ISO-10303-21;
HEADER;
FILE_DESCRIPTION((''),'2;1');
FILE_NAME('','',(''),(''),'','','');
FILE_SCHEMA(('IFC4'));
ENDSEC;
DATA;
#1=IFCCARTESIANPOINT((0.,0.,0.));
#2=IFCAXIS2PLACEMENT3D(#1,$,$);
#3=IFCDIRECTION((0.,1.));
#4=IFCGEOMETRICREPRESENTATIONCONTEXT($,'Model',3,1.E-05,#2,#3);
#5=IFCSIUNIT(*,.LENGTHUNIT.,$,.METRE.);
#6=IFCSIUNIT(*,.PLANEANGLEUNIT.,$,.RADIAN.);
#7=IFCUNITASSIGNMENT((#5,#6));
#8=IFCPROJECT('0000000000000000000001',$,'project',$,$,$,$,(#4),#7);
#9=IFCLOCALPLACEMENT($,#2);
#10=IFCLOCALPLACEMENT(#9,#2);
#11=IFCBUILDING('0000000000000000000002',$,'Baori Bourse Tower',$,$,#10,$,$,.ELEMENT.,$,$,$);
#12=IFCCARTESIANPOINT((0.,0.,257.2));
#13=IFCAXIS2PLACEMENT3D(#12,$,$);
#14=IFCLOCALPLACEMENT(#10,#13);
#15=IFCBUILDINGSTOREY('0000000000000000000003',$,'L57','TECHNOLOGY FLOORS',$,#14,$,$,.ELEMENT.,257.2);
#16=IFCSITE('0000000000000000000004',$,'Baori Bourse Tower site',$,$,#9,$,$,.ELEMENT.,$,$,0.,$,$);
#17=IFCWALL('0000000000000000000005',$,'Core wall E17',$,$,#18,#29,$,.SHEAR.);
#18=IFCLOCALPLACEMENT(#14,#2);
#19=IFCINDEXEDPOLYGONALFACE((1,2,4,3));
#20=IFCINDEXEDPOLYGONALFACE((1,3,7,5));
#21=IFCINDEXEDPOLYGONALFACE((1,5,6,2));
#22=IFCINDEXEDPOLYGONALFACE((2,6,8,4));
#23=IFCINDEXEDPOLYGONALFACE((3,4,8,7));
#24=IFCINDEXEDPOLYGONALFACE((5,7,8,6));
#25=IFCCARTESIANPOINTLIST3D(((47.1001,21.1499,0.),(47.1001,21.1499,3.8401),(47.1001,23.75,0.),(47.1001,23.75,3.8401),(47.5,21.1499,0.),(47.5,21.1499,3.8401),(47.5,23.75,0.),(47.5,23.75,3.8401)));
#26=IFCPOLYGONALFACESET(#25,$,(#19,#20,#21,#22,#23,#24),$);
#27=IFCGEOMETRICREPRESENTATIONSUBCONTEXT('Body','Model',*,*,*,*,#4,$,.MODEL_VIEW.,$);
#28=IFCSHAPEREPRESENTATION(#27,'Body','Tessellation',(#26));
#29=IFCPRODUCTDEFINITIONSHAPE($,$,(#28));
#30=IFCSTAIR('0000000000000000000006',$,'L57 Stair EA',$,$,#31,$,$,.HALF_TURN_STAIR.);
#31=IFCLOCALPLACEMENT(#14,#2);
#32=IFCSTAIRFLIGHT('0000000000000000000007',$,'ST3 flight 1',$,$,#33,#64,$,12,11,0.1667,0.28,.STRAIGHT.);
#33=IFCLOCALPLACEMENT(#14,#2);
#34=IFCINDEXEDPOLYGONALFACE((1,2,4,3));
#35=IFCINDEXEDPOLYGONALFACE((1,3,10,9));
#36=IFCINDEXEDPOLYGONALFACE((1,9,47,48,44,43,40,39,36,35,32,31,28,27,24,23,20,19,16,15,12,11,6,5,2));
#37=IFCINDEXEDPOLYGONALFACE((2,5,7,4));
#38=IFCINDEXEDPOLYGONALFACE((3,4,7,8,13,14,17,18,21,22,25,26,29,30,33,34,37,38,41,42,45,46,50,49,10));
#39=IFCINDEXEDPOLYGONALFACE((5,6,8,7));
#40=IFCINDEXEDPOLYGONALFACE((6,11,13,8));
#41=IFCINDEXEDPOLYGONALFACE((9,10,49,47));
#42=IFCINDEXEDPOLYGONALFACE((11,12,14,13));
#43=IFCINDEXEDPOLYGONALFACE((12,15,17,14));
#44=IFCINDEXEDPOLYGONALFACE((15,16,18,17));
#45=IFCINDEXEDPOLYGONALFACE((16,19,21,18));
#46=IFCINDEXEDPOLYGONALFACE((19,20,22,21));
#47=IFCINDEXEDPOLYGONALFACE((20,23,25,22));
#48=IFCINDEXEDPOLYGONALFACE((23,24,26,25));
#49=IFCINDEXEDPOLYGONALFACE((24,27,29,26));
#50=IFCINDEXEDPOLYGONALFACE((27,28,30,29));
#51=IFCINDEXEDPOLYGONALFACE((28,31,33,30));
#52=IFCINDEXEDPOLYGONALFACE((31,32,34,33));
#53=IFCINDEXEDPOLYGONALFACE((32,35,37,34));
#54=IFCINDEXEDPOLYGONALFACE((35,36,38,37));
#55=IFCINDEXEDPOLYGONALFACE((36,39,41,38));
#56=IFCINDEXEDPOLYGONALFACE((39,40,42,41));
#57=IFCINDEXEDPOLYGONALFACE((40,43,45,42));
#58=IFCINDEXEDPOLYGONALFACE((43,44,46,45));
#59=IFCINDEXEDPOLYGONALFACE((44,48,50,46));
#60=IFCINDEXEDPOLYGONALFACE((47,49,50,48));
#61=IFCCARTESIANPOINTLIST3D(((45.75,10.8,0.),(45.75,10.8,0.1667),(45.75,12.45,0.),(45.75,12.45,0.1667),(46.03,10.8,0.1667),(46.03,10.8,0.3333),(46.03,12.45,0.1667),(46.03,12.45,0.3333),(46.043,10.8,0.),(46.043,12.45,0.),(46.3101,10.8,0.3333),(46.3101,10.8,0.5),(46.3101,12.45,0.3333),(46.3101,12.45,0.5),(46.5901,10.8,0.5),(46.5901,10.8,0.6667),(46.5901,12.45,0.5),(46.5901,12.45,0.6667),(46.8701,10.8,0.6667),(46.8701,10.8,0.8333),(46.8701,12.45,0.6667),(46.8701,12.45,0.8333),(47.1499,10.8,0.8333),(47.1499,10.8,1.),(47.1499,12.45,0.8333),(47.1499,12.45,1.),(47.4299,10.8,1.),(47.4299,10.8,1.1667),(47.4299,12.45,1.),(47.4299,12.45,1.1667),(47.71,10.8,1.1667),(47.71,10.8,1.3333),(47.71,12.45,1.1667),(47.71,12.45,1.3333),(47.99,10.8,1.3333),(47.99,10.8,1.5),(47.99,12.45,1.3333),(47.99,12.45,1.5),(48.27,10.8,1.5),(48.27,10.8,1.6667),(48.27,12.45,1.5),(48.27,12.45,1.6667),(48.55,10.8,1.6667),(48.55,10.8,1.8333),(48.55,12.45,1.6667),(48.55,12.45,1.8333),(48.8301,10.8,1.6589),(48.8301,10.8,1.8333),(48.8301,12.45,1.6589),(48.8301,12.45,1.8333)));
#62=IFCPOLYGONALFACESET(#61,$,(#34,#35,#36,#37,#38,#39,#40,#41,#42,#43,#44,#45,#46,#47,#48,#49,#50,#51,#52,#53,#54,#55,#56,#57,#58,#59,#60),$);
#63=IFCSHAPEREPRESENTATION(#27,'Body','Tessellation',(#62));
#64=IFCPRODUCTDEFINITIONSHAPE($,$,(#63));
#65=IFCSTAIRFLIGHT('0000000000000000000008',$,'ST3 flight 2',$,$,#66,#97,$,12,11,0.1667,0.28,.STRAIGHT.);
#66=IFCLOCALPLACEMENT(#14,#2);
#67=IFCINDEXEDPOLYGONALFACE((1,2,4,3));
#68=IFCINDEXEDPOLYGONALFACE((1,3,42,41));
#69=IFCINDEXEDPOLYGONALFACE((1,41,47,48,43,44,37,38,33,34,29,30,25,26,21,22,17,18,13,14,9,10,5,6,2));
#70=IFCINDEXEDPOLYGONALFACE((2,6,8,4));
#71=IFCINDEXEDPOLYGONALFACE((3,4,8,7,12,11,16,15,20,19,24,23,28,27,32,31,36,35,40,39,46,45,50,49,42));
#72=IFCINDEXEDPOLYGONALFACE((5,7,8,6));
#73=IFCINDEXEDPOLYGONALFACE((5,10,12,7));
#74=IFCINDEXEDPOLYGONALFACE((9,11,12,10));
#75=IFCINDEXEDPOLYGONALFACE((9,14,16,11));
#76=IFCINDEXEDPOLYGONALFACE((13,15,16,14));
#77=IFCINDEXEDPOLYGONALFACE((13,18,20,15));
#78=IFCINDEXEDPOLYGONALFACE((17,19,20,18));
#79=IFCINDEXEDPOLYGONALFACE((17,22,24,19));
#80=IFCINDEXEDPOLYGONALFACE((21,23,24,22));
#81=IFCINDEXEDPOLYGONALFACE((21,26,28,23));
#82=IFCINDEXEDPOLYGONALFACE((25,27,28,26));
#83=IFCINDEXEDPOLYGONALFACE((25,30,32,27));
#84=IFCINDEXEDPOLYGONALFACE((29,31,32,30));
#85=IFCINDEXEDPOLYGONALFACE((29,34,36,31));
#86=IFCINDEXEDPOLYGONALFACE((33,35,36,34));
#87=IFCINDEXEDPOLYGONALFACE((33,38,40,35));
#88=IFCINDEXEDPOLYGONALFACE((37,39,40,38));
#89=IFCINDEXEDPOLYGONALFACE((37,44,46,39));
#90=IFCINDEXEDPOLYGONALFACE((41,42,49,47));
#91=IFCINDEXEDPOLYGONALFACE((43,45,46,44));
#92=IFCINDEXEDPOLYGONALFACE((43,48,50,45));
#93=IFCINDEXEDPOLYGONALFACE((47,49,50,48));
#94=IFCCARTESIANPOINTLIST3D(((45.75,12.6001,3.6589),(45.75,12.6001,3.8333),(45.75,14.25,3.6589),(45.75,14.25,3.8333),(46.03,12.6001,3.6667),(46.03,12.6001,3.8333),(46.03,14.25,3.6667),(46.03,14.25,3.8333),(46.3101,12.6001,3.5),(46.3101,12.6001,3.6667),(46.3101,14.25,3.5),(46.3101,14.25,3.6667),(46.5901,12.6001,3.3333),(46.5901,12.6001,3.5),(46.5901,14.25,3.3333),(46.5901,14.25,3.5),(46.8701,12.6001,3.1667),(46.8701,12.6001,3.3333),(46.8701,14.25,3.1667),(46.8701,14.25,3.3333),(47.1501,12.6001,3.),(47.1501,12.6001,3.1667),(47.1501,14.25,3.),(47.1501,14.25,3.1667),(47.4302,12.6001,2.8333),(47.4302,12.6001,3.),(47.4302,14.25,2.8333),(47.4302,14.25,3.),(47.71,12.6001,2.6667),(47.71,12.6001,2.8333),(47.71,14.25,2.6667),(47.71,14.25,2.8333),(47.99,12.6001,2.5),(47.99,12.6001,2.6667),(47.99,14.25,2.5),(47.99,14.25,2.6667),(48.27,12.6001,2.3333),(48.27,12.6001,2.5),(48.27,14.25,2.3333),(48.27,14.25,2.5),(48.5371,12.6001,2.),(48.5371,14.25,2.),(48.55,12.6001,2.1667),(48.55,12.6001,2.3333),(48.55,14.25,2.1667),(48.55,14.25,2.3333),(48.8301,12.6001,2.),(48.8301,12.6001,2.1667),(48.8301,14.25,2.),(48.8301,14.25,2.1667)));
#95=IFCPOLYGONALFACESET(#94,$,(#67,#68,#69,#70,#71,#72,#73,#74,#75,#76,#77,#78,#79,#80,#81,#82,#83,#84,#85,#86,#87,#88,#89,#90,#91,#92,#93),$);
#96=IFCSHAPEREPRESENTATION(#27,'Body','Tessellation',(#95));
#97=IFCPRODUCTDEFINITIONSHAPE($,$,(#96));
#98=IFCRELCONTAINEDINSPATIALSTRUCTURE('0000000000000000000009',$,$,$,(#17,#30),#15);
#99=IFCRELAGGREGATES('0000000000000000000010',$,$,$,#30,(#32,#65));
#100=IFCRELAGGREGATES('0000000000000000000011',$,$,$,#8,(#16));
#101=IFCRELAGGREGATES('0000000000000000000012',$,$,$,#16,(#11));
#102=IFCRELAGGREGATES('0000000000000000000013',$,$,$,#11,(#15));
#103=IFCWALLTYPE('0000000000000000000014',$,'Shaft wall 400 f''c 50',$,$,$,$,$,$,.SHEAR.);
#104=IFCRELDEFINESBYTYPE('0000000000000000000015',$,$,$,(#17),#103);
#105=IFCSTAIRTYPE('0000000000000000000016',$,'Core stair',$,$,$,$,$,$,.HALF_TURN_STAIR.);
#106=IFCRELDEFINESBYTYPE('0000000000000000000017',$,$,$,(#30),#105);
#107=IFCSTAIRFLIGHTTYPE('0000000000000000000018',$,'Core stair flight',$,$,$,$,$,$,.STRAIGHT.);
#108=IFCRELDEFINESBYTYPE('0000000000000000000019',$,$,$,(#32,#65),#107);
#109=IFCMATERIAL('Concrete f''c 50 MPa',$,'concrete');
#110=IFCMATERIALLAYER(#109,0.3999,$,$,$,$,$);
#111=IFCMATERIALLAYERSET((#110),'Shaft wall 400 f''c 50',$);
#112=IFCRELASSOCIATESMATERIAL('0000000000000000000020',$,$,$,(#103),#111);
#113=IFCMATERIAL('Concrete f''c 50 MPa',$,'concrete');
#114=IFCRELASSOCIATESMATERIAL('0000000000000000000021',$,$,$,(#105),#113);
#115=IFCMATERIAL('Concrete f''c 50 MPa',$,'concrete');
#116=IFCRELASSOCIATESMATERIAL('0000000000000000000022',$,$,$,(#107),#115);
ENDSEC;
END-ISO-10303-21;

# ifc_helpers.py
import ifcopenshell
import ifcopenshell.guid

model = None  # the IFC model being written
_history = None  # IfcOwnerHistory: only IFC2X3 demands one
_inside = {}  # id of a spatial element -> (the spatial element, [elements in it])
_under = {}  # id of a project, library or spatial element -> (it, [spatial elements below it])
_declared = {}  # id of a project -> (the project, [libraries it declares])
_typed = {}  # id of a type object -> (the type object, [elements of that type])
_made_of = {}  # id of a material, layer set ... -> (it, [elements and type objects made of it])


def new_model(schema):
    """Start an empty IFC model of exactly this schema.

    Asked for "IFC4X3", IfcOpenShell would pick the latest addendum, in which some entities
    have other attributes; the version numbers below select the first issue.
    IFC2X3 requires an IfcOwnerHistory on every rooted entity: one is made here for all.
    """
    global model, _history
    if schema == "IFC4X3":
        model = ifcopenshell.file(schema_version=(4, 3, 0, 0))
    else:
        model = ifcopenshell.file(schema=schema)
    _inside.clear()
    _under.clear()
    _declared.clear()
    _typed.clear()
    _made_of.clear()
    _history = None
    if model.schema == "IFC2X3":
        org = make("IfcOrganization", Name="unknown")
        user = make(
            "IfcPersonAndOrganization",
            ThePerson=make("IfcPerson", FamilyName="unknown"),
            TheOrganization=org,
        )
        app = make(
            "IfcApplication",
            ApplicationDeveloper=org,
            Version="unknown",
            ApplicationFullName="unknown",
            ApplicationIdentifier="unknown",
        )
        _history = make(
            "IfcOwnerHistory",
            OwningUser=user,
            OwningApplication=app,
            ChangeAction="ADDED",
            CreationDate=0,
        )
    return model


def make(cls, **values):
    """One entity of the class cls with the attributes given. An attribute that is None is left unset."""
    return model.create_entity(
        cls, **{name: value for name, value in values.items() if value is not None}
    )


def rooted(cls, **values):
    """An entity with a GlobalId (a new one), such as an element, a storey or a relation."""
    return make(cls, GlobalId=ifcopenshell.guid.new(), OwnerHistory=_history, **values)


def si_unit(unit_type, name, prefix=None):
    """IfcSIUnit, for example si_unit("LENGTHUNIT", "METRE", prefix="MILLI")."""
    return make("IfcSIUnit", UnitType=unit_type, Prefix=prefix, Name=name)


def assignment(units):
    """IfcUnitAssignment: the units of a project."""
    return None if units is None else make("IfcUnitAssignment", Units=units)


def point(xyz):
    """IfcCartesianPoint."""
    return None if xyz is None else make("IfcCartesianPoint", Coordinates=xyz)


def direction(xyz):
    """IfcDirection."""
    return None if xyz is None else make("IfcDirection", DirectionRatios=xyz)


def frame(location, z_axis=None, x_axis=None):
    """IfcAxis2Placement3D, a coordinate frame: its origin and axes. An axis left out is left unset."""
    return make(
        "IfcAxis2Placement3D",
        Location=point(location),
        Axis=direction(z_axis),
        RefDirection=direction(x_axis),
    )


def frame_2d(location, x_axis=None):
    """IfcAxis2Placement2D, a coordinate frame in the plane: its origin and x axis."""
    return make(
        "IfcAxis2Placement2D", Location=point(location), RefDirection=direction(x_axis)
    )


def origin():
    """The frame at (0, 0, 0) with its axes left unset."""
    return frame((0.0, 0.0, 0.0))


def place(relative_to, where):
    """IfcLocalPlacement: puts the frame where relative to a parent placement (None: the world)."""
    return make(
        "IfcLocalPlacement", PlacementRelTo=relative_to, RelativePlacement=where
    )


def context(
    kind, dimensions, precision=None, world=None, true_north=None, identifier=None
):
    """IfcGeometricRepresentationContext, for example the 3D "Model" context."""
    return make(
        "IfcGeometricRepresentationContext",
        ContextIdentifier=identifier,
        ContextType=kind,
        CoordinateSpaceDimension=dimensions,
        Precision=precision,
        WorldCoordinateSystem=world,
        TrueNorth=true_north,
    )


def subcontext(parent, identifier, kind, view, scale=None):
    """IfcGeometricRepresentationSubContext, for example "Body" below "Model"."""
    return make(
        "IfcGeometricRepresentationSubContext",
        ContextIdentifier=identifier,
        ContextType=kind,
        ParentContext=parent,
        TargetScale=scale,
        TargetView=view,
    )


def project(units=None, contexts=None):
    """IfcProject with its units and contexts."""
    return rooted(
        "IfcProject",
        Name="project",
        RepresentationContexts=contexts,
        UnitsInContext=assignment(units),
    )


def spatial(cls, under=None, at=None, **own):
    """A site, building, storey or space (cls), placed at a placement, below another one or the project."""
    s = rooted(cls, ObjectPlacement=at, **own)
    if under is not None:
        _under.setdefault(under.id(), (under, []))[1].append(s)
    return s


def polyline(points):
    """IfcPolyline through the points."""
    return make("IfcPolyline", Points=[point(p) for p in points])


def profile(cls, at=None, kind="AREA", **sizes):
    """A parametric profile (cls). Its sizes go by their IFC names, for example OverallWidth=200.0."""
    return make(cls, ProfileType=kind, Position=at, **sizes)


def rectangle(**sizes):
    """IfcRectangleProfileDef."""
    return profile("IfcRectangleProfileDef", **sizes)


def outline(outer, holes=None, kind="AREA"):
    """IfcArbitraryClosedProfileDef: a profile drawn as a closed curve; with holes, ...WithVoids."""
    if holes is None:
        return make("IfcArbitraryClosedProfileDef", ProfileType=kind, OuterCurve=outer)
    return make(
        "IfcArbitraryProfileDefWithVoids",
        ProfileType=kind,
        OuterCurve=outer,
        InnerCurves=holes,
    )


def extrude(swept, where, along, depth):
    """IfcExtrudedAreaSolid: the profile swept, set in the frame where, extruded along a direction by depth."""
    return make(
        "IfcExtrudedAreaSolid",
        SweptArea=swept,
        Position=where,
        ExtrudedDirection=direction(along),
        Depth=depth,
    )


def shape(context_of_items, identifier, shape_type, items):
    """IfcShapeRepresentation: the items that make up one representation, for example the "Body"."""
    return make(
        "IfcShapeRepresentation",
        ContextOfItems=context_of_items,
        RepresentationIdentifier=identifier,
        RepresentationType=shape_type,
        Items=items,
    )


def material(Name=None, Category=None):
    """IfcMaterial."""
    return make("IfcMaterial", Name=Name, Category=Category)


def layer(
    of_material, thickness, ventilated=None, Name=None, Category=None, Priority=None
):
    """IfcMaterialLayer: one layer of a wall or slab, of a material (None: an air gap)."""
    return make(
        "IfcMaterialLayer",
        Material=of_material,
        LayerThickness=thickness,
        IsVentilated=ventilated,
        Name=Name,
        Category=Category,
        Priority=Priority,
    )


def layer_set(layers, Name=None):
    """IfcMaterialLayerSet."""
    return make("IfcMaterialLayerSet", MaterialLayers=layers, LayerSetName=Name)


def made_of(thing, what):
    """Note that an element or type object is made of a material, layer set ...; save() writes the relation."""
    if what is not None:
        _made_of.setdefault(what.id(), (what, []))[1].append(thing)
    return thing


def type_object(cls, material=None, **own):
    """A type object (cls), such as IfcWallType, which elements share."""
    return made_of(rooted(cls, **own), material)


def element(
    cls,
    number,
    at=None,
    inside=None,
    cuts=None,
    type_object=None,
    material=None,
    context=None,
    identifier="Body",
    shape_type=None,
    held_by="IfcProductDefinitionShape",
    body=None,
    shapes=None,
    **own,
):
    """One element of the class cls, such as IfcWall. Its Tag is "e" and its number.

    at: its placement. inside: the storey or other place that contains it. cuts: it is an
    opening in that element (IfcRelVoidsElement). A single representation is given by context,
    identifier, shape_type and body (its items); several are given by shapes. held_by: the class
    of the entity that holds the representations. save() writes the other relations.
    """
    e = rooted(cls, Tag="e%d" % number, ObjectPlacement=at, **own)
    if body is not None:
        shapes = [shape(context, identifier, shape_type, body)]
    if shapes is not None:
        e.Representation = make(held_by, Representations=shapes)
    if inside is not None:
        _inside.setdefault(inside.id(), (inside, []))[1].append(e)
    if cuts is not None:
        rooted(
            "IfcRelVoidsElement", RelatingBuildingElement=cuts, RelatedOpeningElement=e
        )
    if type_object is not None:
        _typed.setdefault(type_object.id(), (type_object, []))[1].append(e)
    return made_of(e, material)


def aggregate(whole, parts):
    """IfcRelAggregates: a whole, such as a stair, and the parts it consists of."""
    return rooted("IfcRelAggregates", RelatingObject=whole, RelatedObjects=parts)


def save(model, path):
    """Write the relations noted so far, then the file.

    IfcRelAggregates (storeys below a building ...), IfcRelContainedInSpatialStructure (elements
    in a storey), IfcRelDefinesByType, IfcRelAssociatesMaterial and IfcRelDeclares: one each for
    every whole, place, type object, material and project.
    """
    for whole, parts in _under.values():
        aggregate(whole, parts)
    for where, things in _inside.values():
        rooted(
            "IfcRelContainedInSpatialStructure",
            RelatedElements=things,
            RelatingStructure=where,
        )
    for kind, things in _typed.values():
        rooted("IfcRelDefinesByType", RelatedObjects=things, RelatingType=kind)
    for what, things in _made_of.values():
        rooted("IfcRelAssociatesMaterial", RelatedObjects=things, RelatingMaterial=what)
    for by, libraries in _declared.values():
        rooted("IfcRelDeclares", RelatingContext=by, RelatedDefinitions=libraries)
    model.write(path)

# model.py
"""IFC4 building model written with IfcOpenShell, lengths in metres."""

from ifc_helpers import new_model, si_unit, direction, frame, frame_2d, origin, place, context, subcontext, project, spatial, polyline, rectangle, outline, extrude, material, layer, layer_set, type_object, element, aggregate, save


model = new_model("IFC4")

# Units and contexts
model_context = context("Model", 3, precision=1e-05, world=origin(), true_north=direction((0.0, 1.0)))
body_context = subcontext(model_context, "Body", "Model", "MODEL_VIEW")
ifc_project = project(units=[si_unit("LENGTHUNIT", "METRE"), si_unit("PLANEANGLEUNIT", "RADIAN")], contexts=[model_context])

# Site, building, storey
site_placement = place(None, origin())
site = spatial("IfcSite", under=ifc_project, at=site_placement, Name="Baori Bourse Tower site", CompositionType="ELEMENT", RefElevation=0.0)
building_placement = place(site_placement, origin())
building = spatial("IfcBuilding", under=site, at=building_placement, Name="Baori Bourse Tower", CompositionType="ELEMENT")
storey_placement = place(building_placement, frame((0.0, 0.0, 257.2)))
storey = spatial("IfcBuildingStorey", under=building, at=storey_placement, Name="L57", Description="TECHNOLOGY FLOORS", CompositionType="ELEMENT", Elevation=257.2)

# Shared definitions
ifc_material_1 = material(Name="Concrete f'c 50 MPa", Category="concrete")
ifc_layer_1 = layer(ifc_material_1, 0.3999)
ifc_layer_set_1 = layer_set([ifc_layer_1], Name="Shaft wall 400 f'c 50")
wall_type_1 = type_object("IfcWallType", Name="Shaft wall 400 f'c 50", PredefinedType="SHEAR", material=ifc_layer_set_1)

# Wall
wall_1_placement = place(storey_placement, frame((47.3, 21.1499, 0.0), z_axis=(0.0, 0.0, 1.0), x_axis=(0.0, 1.0, 0.0)))
element("IfcWall", 1, at=wall_1_placement, inside=storey, type_object=wall_type_1, Name="Core wall E17", PredefinedType="SHEAR", context=body_context, shape_type="SweptSolid", body=[
    extrude(rectangle(XDim=2.6001, YDim=0.3999, at=frame_2d((1.3, 0.0))), origin(), (0.0, 0.0, 1.0), 3.8401),
])

# Stair, stair flights
ifc_material_2 = material(Name="Concrete f'c 50 MPa", Category="concrete")
stair_type = type_object("IfcStairType", Name="Core stair", PredefinedType="HALF_TURN_STAIR", material=ifc_material_2)
stair_placement = place(storey_placement, origin())
stair = element("IfcStair", 2, at=stair_placement, inside=storey, type_object=stair_type, Name="L57 Stair EA", PredefinedType="HALF_TURN_STAIR")
ifc_material_3 = material(Name="Concrete f'c 50 MPa", Category="concrete")
stair_flight_type = type_object("IfcStairFlightType", Name="Core stair flight", PredefinedType="STRAIGHT", material=ifc_material_3)
stair_flight_1_placement = place(storey_placement, frame((45.75, 11.625, 0.0), z_axis=(0.0, 0.0, 1.0), x_axis=(1.0, 0.0, 0.0)))
stair_flight_1 = element("IfcStairFlight", 3, at=stair_flight_1_placement, type_object=stair_flight_type, Name="ST3 flight 1", NumberOfRisers=12, NumberOfTreads=11, PredefinedType="STRAIGHT", RiserHeight=0.1667, TreadLength=0.28, context=body_context, shape_type="SweptSolid", body=[
    extrude(outline(polyline([(0.0, 0.0), (0.0, 0.1667), (0.28, 0.1667), (0.28, 0.3333), (0.5601, 0.3333), (0.5601, 0.5), (0.8401, 0.5), (0.8401, 0.6667), (1.1201, 0.6667), (1.1201, 0.8333), (1.3999, 0.8333), (1.3999, 1.0), (1.6799, 1.0), (1.6799, 1.1667), (1.96, 1.1667), (1.96, 1.3333), (2.24, 1.3333), (2.24, 1.5), (2.52, 1.5), (2.52, 1.6667), (2.8, 1.6667), (2.8, 1.8333), (3.0801, 1.8333), (3.0801, 2.0), (3.0801, 1.6589), (0.293, 0.0), (0.0, 0.0)])), frame((0.0, 0.825, 0.0), z_axis=(0.0, -1.0, 0.0), x_axis=(1.0, 0.0, 0.0)), (0.0, 0.0, 1.0), 1.6499),
])
stair_flight_2_placement = place(storey_placement, frame((48.8301, 13.425, 2.0), z_axis=(0.0, 0.0, 1.0), x_axis=(-1.0, 0.0, 0.0)))
stair_flight_2 = element("IfcStairFlight", 4, at=stair_flight_2_placement, type_object=stair_flight_type, Name="ST3 flight 2", NumberOfRisers=12, NumberOfTreads=11, PredefinedType="STRAIGHT", RiserHeight=0.1667, TreadLength=0.28, context=body_context, shape_type="SweptSolid", body=[
    extrude(outline(polyline([(0.0, 0.0), (0.0, 0.1667), (0.28, 0.1667), (0.28, 0.3333), (0.5601, 0.3333), (0.5601, 0.5), (0.8401, 0.5), (0.8401, 0.6667), (1.1201, 0.6667), (1.1201, 0.8333), (1.3999, 0.8333), (1.3999, 1.0), (1.6799, 1.0), (1.6799, 1.1667), (1.96, 1.1667), (1.96, 1.3333), (2.24, 1.3333), (2.24, 1.5), (2.52, 1.5), (2.52, 1.6667), (2.8, 1.6667), (2.8, 1.8333), (3.0801, 1.8333), (3.0801, 2.0), (3.0801, 1.6589), (0.293, 0.0), (0.0, 0.0)])), frame((0.0, 0.825, 0.0), z_axis=(0.0, -1.0, 0.0), x_axis=(1.0, 0.0, 0.0)), (0.0, 0.0, 1.0), 1.6499),
])
aggregate(stair, [stair_flight_1, stair_flight_2])

save(model, "model.ifc")
